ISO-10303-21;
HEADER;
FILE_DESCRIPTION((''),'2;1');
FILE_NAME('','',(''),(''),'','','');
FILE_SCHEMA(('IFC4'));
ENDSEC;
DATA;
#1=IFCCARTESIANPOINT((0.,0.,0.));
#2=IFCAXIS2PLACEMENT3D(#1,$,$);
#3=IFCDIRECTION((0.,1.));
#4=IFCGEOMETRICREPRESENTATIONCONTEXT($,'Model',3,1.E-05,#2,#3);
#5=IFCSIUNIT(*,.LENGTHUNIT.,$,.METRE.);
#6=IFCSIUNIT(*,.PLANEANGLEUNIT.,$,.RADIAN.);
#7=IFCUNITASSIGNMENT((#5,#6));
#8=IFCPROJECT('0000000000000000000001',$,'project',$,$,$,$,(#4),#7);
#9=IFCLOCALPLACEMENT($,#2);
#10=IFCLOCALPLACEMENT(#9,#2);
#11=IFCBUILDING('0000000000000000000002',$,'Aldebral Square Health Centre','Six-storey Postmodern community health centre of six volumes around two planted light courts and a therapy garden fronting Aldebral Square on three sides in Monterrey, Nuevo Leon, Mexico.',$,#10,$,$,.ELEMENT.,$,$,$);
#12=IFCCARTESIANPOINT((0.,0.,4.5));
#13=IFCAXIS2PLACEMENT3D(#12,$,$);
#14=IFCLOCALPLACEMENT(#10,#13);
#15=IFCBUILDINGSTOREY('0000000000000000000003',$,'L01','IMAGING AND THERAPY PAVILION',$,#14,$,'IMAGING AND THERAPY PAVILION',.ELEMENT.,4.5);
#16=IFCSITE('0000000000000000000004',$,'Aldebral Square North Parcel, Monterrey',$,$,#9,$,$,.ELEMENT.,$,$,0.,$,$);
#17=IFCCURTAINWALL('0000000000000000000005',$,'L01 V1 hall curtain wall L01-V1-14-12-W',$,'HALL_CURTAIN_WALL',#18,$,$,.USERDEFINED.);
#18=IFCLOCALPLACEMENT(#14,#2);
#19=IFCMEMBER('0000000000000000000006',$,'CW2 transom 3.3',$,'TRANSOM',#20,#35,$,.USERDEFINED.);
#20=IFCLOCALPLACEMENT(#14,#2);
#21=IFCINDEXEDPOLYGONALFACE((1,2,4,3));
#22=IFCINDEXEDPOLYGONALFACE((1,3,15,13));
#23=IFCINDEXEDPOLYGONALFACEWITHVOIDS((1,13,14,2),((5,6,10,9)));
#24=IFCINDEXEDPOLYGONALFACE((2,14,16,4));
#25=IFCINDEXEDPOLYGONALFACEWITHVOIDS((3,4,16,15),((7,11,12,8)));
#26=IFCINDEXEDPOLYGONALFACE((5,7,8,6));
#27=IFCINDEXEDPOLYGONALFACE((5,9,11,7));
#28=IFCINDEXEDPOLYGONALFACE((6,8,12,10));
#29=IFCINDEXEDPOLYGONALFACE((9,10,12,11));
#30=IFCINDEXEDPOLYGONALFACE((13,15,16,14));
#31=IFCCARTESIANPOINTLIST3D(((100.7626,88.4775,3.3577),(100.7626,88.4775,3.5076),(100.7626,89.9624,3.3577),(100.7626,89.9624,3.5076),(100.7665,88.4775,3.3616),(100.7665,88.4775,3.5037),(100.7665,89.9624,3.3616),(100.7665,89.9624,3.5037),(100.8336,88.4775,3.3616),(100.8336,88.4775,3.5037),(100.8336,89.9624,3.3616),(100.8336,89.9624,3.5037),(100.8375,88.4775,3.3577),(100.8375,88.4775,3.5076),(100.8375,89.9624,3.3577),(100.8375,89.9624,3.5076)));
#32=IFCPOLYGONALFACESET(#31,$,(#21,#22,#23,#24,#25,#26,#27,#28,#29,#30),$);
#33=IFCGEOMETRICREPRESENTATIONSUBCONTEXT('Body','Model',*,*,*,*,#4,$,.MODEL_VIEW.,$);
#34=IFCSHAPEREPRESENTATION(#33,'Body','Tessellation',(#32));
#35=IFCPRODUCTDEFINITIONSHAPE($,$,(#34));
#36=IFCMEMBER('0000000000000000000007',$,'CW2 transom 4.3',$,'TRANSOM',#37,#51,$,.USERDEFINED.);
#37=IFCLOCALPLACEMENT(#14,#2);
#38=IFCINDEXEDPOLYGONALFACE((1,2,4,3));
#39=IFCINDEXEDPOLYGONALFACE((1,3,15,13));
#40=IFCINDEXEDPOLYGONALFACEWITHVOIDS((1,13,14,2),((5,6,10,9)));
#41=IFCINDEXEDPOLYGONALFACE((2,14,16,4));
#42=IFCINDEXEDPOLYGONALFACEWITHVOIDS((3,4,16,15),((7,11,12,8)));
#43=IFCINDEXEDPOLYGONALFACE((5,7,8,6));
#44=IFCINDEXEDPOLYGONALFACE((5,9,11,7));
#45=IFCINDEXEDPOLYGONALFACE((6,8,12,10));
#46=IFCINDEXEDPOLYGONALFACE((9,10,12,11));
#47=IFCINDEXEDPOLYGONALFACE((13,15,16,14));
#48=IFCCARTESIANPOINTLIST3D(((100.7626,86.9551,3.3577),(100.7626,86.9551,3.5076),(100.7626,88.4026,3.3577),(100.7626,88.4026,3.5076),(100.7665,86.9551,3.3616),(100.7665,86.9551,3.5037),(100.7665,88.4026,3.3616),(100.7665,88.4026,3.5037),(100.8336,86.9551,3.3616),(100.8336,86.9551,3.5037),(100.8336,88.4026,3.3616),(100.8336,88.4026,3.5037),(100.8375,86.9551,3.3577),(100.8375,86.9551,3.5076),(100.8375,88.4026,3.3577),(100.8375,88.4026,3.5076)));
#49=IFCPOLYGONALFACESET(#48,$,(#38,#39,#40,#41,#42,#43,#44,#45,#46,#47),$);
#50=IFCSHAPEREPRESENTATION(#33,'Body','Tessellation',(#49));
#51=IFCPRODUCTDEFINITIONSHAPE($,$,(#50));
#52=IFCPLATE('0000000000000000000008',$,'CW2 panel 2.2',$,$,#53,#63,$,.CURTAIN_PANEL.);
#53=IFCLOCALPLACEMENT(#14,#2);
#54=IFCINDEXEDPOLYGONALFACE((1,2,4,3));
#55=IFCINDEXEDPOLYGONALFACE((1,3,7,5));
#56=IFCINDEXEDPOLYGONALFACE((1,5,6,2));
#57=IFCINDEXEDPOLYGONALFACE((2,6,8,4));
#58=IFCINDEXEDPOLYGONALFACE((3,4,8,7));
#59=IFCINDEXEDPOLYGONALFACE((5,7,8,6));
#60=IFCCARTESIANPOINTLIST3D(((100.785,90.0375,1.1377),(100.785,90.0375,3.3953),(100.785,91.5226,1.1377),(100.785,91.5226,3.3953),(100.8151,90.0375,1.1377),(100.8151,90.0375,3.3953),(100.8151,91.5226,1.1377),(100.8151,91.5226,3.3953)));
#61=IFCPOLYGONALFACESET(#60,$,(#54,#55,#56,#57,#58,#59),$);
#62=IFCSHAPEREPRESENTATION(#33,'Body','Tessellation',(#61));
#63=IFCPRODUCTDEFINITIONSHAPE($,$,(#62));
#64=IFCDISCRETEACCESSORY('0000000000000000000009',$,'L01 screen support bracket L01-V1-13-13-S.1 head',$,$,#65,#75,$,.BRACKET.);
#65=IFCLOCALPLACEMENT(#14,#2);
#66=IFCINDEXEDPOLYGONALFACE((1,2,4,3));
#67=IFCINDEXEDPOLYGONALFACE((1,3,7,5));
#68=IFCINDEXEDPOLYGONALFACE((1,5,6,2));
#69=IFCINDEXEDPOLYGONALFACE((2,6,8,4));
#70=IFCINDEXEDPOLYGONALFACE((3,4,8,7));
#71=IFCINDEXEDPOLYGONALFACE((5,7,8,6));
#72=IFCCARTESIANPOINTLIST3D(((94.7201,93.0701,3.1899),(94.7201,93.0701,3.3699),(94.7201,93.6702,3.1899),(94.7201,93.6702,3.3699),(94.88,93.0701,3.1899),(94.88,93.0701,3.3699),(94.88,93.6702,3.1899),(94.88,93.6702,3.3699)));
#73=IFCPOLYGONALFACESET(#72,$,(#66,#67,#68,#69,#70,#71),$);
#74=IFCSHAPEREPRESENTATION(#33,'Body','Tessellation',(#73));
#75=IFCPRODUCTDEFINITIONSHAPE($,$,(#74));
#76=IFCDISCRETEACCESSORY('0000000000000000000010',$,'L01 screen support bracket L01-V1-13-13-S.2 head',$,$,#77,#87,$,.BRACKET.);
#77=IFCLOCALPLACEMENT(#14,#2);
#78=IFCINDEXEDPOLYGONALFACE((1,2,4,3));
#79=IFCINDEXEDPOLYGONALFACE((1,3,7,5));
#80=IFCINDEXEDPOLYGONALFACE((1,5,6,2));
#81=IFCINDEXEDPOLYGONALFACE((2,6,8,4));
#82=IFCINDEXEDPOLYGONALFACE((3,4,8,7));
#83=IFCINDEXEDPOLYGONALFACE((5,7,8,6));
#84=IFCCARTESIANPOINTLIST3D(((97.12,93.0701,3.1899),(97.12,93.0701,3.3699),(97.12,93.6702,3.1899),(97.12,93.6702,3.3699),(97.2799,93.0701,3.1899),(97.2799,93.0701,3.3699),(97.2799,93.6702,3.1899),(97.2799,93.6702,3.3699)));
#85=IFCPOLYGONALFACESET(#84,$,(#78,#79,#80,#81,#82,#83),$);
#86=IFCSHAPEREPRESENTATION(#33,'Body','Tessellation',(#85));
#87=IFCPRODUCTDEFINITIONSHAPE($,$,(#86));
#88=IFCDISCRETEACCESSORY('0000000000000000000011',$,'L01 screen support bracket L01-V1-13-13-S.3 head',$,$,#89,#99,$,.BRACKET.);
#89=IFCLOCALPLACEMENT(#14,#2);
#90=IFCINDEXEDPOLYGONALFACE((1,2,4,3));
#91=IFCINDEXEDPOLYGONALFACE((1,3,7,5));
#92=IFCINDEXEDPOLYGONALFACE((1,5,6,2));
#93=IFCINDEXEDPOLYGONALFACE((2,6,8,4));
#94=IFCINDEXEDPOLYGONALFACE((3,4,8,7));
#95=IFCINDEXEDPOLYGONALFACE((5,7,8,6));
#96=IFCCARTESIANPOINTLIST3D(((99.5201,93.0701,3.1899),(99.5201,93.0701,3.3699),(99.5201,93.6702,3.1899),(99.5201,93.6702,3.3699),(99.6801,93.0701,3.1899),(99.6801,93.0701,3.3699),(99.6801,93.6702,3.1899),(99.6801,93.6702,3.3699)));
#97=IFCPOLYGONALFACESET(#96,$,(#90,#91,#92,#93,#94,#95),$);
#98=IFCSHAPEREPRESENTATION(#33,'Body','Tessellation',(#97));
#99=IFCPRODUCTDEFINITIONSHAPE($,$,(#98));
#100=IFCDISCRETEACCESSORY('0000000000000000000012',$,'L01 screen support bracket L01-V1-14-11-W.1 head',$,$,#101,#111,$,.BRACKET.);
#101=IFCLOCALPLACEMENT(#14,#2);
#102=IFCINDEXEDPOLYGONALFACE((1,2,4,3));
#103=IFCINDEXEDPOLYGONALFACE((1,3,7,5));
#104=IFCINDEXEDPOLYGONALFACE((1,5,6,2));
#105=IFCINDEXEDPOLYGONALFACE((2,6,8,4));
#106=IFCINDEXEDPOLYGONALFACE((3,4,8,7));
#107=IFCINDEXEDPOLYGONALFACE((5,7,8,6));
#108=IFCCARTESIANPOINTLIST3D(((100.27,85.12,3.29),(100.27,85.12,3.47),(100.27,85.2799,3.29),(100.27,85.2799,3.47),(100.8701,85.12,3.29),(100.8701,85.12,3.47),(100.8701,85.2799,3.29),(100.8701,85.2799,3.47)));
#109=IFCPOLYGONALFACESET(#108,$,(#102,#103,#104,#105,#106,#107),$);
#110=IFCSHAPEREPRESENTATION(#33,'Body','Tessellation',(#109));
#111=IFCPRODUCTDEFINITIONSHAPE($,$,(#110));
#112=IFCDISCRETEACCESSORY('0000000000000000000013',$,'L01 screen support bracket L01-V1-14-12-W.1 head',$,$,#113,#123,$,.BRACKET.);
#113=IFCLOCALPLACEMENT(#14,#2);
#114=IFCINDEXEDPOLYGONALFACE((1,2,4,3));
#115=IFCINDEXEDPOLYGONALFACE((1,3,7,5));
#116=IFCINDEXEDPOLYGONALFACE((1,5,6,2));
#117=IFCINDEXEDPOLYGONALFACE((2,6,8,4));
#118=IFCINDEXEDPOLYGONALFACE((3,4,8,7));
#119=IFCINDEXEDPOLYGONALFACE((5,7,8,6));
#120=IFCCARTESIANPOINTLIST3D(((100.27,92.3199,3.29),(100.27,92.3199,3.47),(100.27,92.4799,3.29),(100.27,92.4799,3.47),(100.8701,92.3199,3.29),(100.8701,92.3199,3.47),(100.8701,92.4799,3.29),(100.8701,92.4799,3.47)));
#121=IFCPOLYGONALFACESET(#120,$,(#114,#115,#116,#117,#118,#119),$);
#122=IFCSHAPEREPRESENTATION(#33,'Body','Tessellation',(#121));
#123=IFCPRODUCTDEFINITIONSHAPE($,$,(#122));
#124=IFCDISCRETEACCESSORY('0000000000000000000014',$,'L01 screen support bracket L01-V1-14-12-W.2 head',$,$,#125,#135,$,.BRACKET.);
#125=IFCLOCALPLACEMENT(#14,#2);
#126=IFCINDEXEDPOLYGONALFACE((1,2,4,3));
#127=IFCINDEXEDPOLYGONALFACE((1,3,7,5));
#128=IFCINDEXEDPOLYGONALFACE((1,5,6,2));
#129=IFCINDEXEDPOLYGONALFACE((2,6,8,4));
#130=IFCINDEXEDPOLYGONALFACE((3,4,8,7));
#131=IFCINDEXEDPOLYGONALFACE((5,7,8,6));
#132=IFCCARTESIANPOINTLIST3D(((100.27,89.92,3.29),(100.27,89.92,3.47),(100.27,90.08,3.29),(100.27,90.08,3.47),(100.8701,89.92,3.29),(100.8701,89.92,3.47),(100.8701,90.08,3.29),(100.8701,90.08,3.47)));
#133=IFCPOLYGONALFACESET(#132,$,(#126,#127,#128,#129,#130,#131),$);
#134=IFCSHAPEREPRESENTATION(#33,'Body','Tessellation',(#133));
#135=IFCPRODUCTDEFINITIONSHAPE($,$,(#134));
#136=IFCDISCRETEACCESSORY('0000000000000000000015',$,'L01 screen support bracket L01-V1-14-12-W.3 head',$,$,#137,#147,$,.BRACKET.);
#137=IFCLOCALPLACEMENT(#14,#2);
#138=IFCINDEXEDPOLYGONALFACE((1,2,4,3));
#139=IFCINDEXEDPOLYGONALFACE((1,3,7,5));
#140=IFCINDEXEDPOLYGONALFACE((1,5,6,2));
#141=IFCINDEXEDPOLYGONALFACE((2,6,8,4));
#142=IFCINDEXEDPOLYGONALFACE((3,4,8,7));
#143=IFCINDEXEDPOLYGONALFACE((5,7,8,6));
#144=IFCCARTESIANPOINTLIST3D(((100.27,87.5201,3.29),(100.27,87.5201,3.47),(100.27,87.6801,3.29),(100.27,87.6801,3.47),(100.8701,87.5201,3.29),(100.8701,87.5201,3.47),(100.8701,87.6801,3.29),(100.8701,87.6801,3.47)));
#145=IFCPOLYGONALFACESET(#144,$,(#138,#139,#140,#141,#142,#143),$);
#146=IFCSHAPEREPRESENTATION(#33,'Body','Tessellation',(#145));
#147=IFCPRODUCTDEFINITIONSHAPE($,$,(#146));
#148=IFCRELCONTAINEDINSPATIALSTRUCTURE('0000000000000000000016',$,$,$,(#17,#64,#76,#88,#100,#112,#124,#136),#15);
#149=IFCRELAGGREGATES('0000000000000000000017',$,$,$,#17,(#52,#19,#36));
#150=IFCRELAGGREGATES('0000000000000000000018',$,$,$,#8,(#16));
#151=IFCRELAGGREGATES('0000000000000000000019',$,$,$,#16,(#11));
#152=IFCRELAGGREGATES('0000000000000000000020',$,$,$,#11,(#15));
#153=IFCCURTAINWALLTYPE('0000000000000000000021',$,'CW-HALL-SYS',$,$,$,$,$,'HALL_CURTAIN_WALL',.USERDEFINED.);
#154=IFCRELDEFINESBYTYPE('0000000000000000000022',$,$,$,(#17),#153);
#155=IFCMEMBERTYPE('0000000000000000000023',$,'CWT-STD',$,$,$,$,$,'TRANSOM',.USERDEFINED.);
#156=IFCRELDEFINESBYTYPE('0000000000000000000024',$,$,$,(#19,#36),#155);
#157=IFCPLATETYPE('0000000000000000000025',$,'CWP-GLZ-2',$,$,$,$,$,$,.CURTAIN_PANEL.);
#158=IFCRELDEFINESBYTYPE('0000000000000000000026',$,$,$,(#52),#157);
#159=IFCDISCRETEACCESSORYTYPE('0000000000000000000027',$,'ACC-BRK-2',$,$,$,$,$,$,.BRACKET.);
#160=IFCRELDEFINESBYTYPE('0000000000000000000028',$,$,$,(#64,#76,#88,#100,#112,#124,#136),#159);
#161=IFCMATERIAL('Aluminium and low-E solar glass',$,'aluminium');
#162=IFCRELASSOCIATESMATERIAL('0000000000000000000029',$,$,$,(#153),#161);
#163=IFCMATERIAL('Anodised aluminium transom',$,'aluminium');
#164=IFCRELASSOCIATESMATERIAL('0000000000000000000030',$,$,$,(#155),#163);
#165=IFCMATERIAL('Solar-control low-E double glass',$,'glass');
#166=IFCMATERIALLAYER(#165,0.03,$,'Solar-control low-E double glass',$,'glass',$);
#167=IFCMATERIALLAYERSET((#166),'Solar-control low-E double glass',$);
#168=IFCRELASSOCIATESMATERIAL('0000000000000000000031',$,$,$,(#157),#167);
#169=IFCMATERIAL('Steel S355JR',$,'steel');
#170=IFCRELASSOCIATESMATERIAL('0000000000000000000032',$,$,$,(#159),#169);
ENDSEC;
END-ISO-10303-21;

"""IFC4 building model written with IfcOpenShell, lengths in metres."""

from ifc_helpers import new_model, si_unit, direction, frame, origin, origin_2d, place, context, subcontext, project, spatial, rectangle, hollow_rectangle, extrude, material, layer, layer_set, material_profile, profile_set, type_object, element, aggregate, save


model = new_model("IFC4")

# Units and contexts
model_context = context("Model", 3, precision=1e-05, world=origin(), true_north=direction((0.0, 1.0)))
body_context = subcontext(model_context, "Body", "Model", "MODEL_VIEW")
ifc_project = project(units=[si_unit("LENGTHUNIT", "METRE"), si_unit("PLANEANGLEUNIT", "RADIAN")], contexts=[model_context])

# Site, building, storey
site_placement = place(None, origin())
site = spatial("IfcSite", under=ifc_project, at=site_placement, Name="Aldebral Square North Parcel, Monterrey", CompositionType="ELEMENT", RefElevation=0.0)
building_placement = place(site_placement, origin())
building = spatial("IfcBuilding", under=site, at=building_placement, Name="Aldebral Square Health Centre", Description="Six-storey Postmodern community health centre of six volumes around two planted light courts and a therapy garden fronting Aldebral Square on three sides in Monterrey, Nuevo Leon, Mexico.", CompositionType="ELEMENT")
storey_placement = place(building_placement, frame((0.0, 0.0, 4.5)))
storey = spatial("IfcBuildingStorey", under=building, at=storey_placement, Name="L01", Description="IMAGING AND THERAPY PAVILION", LongName="IMAGING AND THERAPY PAVILION", CompositionType="ELEMENT", Elevation=4.5)

# Shared definitions
ifc_material_1 = material(Name="Aluminium and low-E solar glass", Category="aluminium")
curtain_wall_type = type_object("IfcCurtainWallType", Name="CW-HALL-SYS", ElementType="HALL_CURTAIN_WALL", PredefinedType="USERDEFINED", material=ifc_material_1)
ifc_material_2 = material(Name="Anodised aluminium transom", Category="aluminium")
ifc_material_profile_1 = material_profile(ifc_material_2, hollow_rectangle(XDim=0.075, YDim=0.1499, WallThickness=0.0039, at=origin_2d()), Name="CWT 75x150x4")
ifc_profile_set_1 = profile_set([ifc_material_profile_1], Name="Anodised aluminium transom")
member_type = type_object("IfcMemberType", Name="CWT-STD", ElementType="TRANSOM", PredefinedType="USERDEFINED", material=ifc_profile_set_1)

# Curtain wall, members, plate
curtain_wall_1_placement = place(storey_placement, origin())
curtain_wall_1 = element("IfcCurtainWall", 1, at=curtain_wall_1_placement, inside=storey, type_object=curtain_wall_type, Name="L01 V1 hall curtain wall L01-V1-14-12-W", ObjectType="HALL_CURTAIN_WALL", PredefinedType="USERDEFINED")
member_1_placement = place(storey_placement, frame((100.8, 89.9624, 3.4326), z_axis=(0.0, -1.0, 0.0), x_axis=(1.0, 0.0, 0.0)))
member_1 = element("IfcMember", 2, at=member_1_placement, type_object=member_type, Name="CW2 transom 3.3", ObjectType="TRANSOM", PredefinedType="USERDEFINED", context=body_context, shape_type="SweptSolid", body=[
    extrude(hollow_rectangle(XDim=0.075, YDim=0.1499, WallThickness=0.0039, at=origin_2d()), origin(), (0.0, 0.0, 1.0), 1.4849),
])
member_2_placement = place(storey_placement, frame((100.8, 88.4026, 3.4326), z_axis=(0.0, -1.0, 0.0), x_axis=(1.0, 0.0, 0.0)))
member_2 = element("IfcMember", 3, at=member_2_placement, type_object=member_type, Name="CW2 transom 4.3", ObjectType="TRANSOM", PredefinedType="USERDEFINED", context=body_context, shape_type="SweptSolid", body=[
    extrude(hollow_rectangle(XDim=0.075, YDim=0.1499, WallThickness=0.0039, at=origin_2d()), origin(), (0.0, 0.0, 1.0), 1.4475),
])
ifc_material_3 = material(Name="Solar-control low-E double glass", Category="glass")
ifc_layer = layer(ifc_material_3, 0.03, Name="Solar-control low-E double glass", Category="glass")
ifc_layer_set = layer_set([ifc_layer], Name="Solar-control low-E double glass")
plate_type = type_object("IfcPlateType", Name="CWP-GLZ-2", PredefinedType="CURTAIN_PANEL", material=ifc_layer_set)
plate_placement = place(storey_placement, frame((100.8, 90.78, 1.1377), z_axis=(0.0, 0.0, 1.0), x_axis=(0.0, -1.0, 0.0)))
plate = element("IfcPlate", 4, at=plate_placement, type_object=plate_type, Name="CW2 panel 2.2", PredefinedType="CURTAIN_PANEL", context=body_context, shape_type="SweptSolid", body=[
    extrude(rectangle(XDim=1.4851, YDim=0.03, at=origin_2d()), origin(), (0.0, 0.0, 1.0), 2.2576),
])
aggregate(curtain_wall_1, [plate, member_1, member_2])

# Discrete accessories
ifc_material_4 = material(Name="Steel S355JR", Category="steel")
discrete_accessory_type = type_object("IfcDiscreteAccessoryType", Name="ACC-BRK-2", PredefinedType="BRACKET", material=ifc_material_4)
for number, where, z_axis, x_axis, name in (
    (5, (94.8, 93.3701, 3.1899), (0.0, 0.0, 1.0), (1.0, 0.0, 0.0), "L01 screen support bracket L01-V1-13-13-S.1 head"),
    (6, (97.2, 93.3701, 3.1899), (0.0, 0.0, 1.0), (1.0, 0.0, 0.0), "L01 screen support bracket L01-V1-13-13-S.2 head"),
    (7, (99.6001, 93.3701, 3.1899), (0.0, 0.0, 1.0), (1.0, 0.0, 0.0), "L01 screen support bracket L01-V1-13-13-S.3 head"),
    (8, (100.5701, 85.2, 3.29), (0.0, 0.0, 1.0), (0.0, 1.0, 0.0), "L01 screen support bracket L01-V1-14-11-W.1 head"),
    (9, (100.5701, 92.3999, 3.29), (0.0, 0.0, 1.0), (0.0, 1.0, 0.0), "L01 screen support bracket L01-V1-14-12-W.1 head"),
    (10, (100.5701, 90.0, 3.29), (0.0, 0.0, 1.0), (0.0, 1.0, 0.0), "L01 screen support bracket L01-V1-14-12-W.2 head"),
    (11, (100.5701, 87.6001, 3.29), (0.0, 0.0, 1.0), (0.0, 1.0, 0.0), "L01 screen support bracket L01-V1-14-12-W.3 head"),
):
    element("IfcDiscreteAccessory", number, at=place(storey_placement, frame(where, z_axis=z_axis, x_axis=x_axis)), inside=storey, type_object=discrete_accessory_type, Name=name, PredefinedType="BRACKET", context=body_context, shape_type="SweptSolid", body=[
        extrude(rectangle(XDim=0.1599, YDim=0.6001, at=origin_2d()), origin(), (0.0, 0.0, 1.0), 0.1799),
    ])

save(model, "model.ifc")
